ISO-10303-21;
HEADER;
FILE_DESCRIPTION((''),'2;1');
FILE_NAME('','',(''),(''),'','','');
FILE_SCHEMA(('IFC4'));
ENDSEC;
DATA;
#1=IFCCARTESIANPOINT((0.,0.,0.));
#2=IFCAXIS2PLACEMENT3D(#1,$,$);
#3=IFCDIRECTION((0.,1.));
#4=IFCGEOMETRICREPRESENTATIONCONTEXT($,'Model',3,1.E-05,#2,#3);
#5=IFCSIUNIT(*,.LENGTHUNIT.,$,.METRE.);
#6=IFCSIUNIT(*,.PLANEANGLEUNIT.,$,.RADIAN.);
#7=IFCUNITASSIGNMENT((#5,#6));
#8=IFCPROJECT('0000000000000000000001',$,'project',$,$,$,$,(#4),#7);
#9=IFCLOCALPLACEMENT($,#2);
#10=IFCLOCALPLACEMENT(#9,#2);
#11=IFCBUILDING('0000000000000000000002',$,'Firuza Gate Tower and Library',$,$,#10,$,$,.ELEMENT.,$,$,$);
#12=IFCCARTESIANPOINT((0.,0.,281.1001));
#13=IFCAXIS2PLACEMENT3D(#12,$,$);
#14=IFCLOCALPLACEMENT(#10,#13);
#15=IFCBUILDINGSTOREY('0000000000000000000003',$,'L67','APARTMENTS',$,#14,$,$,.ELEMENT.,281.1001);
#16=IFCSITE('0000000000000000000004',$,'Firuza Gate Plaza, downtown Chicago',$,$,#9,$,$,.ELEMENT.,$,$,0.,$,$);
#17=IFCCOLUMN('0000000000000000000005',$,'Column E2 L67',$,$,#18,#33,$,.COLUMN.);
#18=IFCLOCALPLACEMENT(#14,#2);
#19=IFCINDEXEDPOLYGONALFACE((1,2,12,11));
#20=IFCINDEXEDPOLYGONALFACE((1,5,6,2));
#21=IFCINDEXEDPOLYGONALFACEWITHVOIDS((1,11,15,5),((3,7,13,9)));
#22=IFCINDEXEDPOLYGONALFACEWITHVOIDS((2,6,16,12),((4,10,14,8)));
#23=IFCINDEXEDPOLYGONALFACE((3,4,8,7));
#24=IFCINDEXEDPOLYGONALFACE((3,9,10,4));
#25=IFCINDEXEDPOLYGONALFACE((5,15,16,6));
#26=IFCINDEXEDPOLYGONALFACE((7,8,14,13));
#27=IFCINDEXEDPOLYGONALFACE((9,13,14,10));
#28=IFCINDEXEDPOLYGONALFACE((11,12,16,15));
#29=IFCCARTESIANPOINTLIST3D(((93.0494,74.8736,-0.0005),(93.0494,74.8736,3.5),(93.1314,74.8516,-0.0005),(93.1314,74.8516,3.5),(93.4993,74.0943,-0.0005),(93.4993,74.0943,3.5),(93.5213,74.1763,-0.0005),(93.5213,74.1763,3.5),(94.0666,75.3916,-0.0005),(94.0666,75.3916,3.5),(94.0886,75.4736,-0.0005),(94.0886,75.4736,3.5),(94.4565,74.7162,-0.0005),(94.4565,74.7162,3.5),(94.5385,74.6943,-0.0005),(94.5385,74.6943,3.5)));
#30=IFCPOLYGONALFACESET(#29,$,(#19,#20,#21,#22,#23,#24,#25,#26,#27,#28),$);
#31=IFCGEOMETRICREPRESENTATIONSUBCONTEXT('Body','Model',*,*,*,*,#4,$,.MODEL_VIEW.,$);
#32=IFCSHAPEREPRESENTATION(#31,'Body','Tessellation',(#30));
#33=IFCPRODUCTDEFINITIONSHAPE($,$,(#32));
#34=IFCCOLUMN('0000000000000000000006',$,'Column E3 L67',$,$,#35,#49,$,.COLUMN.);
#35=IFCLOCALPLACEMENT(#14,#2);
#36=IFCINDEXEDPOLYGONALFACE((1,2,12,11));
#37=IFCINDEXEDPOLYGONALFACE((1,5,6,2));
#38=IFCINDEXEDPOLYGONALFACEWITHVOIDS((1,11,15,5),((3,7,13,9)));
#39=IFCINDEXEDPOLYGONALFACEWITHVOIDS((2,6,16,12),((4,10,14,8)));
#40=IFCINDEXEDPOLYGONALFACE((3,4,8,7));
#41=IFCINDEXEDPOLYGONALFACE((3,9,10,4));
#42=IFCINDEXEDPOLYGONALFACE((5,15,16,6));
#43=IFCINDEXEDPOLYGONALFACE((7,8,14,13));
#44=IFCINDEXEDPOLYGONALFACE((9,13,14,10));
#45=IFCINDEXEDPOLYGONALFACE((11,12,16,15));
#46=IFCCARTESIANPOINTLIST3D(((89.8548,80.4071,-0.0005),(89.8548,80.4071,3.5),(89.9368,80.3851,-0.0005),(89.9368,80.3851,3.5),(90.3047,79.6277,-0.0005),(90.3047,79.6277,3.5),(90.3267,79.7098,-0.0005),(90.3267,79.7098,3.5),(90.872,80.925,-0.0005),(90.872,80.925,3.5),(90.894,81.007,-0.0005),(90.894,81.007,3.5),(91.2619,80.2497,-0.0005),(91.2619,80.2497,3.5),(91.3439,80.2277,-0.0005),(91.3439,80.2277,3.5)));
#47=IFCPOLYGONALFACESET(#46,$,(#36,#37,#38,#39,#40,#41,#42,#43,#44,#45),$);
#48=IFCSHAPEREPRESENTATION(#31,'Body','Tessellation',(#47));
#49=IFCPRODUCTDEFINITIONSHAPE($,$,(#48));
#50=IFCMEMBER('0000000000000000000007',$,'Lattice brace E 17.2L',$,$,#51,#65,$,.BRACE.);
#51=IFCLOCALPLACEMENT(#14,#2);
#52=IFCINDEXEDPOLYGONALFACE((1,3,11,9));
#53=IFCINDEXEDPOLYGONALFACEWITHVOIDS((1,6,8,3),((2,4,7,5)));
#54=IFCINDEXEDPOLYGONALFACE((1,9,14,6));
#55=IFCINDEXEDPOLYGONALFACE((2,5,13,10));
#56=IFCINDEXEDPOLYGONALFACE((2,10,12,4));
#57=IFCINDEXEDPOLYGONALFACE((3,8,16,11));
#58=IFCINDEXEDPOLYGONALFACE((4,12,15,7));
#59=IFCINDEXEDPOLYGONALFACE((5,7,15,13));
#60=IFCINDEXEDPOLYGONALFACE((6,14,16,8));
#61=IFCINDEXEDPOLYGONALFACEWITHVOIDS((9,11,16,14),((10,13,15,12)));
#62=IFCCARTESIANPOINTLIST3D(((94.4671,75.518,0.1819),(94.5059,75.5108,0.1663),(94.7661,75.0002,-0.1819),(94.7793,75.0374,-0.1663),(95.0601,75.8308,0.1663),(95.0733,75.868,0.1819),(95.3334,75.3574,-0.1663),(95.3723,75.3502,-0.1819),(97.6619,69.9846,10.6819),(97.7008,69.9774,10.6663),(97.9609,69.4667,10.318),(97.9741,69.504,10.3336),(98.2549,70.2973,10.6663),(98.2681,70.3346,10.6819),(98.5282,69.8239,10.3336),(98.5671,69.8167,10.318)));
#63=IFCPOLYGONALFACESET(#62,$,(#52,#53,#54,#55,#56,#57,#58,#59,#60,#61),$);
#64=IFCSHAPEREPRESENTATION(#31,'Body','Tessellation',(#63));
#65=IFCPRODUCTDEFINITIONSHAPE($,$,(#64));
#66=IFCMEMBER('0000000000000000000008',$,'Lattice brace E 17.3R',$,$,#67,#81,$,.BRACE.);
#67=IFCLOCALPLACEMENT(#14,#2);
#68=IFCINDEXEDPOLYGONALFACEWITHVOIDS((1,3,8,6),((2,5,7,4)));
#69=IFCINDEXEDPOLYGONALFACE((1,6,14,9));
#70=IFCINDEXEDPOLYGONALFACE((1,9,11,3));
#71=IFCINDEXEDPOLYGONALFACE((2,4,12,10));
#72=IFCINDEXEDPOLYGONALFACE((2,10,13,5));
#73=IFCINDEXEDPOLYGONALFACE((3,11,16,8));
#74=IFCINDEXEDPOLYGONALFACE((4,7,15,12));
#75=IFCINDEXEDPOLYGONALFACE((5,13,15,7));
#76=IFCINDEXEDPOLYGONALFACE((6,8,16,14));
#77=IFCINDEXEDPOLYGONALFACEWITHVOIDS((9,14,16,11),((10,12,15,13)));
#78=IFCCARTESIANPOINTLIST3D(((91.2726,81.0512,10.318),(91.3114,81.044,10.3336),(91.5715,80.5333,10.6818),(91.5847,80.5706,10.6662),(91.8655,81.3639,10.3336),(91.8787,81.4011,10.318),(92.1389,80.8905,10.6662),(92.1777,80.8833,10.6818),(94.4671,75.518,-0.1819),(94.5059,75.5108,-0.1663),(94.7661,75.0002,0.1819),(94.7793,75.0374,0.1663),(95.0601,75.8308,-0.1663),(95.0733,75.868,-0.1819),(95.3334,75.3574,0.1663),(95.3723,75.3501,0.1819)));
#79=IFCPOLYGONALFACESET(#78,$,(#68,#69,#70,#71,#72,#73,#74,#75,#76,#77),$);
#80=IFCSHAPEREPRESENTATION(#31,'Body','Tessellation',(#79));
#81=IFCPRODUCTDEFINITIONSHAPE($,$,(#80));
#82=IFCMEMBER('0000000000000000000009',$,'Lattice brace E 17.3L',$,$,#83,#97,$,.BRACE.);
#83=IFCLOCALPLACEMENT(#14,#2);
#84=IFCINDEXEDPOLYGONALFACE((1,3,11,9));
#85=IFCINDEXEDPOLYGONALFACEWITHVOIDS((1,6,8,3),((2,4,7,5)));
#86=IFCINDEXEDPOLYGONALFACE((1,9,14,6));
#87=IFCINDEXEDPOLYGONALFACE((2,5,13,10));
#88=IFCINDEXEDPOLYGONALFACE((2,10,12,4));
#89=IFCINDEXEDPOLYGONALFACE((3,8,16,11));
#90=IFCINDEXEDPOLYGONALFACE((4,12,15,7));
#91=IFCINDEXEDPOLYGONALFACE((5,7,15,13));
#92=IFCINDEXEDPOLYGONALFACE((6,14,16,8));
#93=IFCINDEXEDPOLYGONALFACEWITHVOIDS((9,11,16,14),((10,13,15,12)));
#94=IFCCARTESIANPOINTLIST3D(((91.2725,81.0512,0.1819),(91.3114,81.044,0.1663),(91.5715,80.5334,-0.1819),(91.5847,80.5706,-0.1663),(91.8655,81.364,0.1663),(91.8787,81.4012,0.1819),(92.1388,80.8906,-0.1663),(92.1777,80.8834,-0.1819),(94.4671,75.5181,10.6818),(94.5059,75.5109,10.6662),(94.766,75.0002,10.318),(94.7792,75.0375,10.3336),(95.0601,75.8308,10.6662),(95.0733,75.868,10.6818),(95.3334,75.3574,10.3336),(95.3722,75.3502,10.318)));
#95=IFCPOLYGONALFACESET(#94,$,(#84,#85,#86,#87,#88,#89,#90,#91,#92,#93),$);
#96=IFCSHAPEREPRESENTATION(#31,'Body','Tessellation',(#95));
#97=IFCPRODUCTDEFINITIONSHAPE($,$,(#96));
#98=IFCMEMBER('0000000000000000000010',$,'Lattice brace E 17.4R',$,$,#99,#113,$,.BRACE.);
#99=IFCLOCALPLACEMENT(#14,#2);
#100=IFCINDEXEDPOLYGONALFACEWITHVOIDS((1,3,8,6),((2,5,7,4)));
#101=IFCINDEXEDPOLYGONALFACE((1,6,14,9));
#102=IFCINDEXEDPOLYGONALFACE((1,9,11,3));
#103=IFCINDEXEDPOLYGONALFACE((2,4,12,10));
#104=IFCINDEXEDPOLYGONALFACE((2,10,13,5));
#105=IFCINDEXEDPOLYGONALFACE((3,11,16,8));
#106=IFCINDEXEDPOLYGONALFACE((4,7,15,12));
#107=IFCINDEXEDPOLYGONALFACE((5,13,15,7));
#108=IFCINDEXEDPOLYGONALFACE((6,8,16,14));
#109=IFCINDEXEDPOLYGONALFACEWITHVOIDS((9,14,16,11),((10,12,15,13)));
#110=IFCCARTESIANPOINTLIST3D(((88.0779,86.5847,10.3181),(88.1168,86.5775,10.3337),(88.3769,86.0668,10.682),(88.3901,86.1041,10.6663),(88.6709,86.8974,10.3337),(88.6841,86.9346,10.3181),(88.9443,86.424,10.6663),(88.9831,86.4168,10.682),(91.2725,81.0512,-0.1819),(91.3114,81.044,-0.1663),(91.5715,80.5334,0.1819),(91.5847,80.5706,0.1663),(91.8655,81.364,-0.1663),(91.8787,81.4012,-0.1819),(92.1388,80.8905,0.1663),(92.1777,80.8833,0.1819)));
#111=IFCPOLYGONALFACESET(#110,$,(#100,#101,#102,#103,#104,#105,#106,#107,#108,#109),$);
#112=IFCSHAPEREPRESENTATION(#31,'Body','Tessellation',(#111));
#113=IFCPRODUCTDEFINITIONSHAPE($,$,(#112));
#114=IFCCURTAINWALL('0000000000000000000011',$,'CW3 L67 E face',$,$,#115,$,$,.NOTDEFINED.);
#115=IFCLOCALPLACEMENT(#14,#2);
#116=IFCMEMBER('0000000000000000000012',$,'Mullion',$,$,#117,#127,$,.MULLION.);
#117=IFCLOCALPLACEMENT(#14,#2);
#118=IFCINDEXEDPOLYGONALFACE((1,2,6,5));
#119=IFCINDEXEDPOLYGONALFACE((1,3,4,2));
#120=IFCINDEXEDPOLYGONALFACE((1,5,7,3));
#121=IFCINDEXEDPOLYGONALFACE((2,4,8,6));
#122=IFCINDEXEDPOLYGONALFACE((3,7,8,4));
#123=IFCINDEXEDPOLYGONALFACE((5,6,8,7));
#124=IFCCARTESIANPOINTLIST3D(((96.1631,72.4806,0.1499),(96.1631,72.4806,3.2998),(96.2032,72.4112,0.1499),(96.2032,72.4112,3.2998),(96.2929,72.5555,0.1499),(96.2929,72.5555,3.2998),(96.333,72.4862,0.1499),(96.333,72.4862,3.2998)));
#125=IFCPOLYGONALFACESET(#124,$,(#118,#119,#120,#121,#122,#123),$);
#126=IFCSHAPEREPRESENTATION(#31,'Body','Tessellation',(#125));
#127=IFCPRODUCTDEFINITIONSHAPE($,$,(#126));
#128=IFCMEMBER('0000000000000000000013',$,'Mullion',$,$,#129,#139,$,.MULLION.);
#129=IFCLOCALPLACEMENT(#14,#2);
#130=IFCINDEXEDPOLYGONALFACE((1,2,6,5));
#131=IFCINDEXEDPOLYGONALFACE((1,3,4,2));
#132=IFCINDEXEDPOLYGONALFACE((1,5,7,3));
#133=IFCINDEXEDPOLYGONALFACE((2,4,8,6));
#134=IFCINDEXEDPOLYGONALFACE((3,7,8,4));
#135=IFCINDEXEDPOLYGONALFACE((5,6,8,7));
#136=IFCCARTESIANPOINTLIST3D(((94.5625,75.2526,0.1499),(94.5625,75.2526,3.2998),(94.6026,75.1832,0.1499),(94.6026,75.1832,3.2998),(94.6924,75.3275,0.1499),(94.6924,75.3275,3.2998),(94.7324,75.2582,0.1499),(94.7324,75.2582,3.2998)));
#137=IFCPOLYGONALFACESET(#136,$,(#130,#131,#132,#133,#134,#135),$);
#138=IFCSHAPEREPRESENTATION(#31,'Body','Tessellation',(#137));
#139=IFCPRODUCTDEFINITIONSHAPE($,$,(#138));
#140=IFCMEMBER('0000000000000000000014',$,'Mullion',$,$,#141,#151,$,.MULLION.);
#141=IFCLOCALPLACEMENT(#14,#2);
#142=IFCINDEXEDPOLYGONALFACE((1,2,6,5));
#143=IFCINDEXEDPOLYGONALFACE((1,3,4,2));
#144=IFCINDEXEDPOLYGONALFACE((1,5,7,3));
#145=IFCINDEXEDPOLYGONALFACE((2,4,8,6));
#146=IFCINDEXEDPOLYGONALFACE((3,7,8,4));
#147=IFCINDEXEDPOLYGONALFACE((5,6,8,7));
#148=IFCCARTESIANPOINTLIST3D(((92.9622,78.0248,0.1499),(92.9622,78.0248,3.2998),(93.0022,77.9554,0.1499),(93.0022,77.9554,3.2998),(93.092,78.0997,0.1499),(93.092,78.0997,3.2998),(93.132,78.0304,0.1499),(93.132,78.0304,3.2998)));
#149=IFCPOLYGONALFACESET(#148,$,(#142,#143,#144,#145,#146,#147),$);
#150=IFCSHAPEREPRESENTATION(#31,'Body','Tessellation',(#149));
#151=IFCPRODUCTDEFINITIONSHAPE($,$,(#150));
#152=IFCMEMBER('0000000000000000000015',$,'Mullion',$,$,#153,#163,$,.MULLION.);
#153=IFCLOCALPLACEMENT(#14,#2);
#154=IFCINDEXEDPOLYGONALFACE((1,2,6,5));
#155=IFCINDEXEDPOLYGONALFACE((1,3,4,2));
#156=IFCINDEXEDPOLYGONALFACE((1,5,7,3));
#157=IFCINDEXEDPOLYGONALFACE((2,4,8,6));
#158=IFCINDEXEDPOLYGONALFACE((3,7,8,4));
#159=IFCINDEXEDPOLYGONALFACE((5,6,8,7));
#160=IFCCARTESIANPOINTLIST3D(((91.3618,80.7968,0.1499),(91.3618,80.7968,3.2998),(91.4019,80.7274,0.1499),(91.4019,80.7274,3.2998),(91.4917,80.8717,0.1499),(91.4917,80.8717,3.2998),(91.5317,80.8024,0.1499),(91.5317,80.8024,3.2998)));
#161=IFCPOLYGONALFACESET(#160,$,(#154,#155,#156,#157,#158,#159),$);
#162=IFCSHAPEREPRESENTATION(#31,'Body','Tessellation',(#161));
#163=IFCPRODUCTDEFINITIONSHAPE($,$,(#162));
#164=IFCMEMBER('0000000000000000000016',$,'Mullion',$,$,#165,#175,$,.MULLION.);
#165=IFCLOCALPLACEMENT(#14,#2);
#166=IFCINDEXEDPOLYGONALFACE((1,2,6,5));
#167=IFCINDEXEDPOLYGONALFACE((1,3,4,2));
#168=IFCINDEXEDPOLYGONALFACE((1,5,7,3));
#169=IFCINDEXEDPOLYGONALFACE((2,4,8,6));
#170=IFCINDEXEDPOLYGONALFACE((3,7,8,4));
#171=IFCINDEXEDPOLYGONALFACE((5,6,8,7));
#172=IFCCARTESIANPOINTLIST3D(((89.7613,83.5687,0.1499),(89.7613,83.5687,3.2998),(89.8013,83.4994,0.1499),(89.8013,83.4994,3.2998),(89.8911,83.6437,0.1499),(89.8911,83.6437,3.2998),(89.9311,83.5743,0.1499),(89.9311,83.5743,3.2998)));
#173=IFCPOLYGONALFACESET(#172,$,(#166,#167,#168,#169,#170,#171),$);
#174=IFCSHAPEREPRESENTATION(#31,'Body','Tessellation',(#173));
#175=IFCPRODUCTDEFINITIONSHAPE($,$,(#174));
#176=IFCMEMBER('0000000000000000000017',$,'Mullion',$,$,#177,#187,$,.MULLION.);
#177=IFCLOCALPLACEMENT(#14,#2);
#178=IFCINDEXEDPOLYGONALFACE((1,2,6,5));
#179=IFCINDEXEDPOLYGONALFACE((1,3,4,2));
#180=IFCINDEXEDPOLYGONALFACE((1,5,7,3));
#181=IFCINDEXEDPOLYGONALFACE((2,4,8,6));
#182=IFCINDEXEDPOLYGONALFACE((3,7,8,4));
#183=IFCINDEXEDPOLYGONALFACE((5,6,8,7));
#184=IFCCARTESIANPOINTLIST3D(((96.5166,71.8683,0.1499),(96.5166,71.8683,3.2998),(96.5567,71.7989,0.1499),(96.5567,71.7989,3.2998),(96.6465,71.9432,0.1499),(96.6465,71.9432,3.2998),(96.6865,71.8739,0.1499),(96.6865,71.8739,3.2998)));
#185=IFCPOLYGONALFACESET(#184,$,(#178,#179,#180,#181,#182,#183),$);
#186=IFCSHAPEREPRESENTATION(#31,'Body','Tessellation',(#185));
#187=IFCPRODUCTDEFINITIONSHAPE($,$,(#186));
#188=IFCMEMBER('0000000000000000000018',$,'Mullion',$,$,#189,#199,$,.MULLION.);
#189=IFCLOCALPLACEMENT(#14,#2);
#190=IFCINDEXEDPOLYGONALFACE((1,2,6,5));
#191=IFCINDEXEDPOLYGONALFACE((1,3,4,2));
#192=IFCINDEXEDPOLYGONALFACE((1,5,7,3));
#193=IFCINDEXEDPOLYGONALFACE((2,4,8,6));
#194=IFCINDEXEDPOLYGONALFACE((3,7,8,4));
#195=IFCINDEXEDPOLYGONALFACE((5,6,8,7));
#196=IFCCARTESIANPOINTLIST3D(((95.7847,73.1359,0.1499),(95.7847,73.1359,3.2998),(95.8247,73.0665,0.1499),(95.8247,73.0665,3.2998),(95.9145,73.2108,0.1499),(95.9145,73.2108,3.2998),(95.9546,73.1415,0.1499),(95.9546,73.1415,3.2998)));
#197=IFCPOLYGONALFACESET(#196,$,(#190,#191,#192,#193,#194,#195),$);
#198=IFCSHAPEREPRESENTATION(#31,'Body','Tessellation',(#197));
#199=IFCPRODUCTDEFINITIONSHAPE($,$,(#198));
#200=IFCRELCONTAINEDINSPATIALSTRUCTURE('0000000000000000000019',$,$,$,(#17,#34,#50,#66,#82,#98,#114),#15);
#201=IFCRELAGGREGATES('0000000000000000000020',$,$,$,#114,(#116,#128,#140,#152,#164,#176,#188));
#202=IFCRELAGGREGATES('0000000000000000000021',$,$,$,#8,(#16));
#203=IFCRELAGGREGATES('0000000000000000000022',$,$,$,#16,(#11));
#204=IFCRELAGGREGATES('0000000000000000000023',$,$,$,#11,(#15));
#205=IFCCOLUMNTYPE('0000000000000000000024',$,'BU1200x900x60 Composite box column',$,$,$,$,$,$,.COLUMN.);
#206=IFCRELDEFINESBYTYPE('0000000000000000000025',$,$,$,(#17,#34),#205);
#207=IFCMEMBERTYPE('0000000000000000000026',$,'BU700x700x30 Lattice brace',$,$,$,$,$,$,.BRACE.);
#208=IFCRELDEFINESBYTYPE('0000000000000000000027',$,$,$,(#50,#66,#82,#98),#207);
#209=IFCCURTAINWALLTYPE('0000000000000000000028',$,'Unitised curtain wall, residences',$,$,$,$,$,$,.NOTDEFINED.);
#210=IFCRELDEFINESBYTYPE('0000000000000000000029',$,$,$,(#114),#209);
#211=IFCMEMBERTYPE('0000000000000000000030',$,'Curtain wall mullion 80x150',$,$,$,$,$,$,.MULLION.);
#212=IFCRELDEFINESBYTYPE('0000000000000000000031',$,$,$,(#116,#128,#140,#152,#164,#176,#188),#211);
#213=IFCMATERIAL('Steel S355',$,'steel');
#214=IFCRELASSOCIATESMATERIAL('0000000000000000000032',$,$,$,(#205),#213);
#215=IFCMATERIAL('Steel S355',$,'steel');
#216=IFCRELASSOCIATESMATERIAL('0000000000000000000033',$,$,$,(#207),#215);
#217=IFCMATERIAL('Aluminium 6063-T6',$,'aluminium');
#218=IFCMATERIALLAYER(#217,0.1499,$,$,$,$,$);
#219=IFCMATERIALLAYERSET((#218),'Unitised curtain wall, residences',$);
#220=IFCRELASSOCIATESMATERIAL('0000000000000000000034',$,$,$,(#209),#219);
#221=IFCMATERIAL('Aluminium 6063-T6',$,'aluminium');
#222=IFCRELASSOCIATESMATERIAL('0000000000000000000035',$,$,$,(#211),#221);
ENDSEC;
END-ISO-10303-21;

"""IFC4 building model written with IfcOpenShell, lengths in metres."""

from ifc_helpers import new_model, si_unit, direction, frame, origin, origin_2d, place, context, subcontext, project, spatial, rectangle, hollow_rectangle, extrude, material, layer, layer_set, material_profile, profile_set, type_object, element, aggregate, save


model = new_model("IFC4")

# Units and contexts
model_context = context("Model", 3, precision=1e-05, world=origin(), true_north=direction((0.0, 1.0)))
body_context = subcontext(model_context, "Body", "Model", "MODEL_VIEW")
ifc_project = project(units=[si_unit("LENGTHUNIT", "METRE"), si_unit("PLANEANGLEUNIT", "RADIAN")], contexts=[model_context])

# Site, building, storey
site_placement = place(None, origin())
site = spatial("IfcSite", under=ifc_project, at=site_placement, Name="Firuza Gate Plaza, downtown Chicago", CompositionType="ELEMENT", RefElevation=0.0)
building_placement = place(site_placement, origin())
building = spatial("IfcBuilding", under=site, at=building_placement, Name="Firuza Gate Tower and Library", CompositionType="ELEMENT")
storey_placement = place(building_placement, frame((0.0, 0.0, 281.1001)))
storey = spatial("IfcBuildingStorey", under=building, at=storey_placement, Name="L67", Description="APARTMENTS", CompositionType="ELEMENT", Elevation=281.1001)

# Columns
ifc_material_1 = material(Name="Steel S355", Category="steel")
ifc_material_profile_1 = material_profile(ifc_material_1, hollow_rectangle(XDim=0.8999, YDim=1.2, WallThickness=0.0601, at=origin_2d()))
ifc_profile_set_1 = profile_set([ifc_material_profile_1], Name="Steel S355")
column_type = type_object("IfcColumnType", Name="BU1200x900x60 Composite box column", PredefinedType="COLUMN", material=ifc_profile_set_1)
for number, where, z_axis, x_axis, name in (
    (1, (93.7939, 74.7839, -0.0005), (0.0, 0.0, 1.0), (-0.5, 0.866025, 0.0), "Column E2 L67"),
    (2, (90.5994, 80.3174, -0.0005), (0.0, 0.0, 1.0), (-0.5, 0.866025, 0.0), "Column E3 L67"),
):
    element("IfcColumn", number, at=place(storey_placement, frame(where, z_axis=z_axis, x_axis=x_axis)), inside=storey, type_object=column_type, Name=name, PredefinedType="COLUMN", context=body_context, shape_type="SweptSolid", body=[
        extrude(hollow_rectangle(XDim=0.8999, YDim=1.2, WallThickness=0.0601, at=origin_2d()), origin(), (0.0, 0.0, 1.0), 3.5005),
    ])

# Members
ifc_material_2 = material(Name="Steel S355", Category="steel")
ifc_material_profile_2 = material_profile(ifc_material_2, hollow_rectangle(XDim=0.7, YDim=0.7, WallThickness=0.03, at=origin_2d()))
ifc_profile_set_2 = profile_set([ifc_material_profile_2], Name="Steel S355")
member_type_1 = type_object("IfcMemberType", Name="BU700x700x30 Lattice brace", PredefinedType="BRACE", material=ifc_profile_set_2)
member_1_placement = place(storey_placement, frame((94.9197, 75.4341, 0.0), z_axis=(0.259926, -0.450192, 0.854263), x_axis=(0.86602, 0.50001, 0.0)))
element("IfcMember", 3, at=member_1_placement, inside=storey, type_object=member_type_1, Name="Lattice brace E 17.2L", PredefinedType="BRACE", context=body_context, shape_type="SweptSolid", body=[
    extrude(hollow_rectangle(XDim=0.7, YDim=0.7, WallThickness=0.03, at=origin_2d()), origin(), (0.0, 0.0, 1.0), 12.2913),
])
for number, where, z_axis, x_axis, name in (
    (4, (94.9197, 75.4341, 0.0), (-0.25991, 0.450179, 0.854275), (-0.866027, -0.499998, 0.0), "Lattice brace E 17.3R"),
    (5, (91.7251, 80.9673, 0.0), (0.25991, -0.450179, 0.854275), (0.866027, 0.499998, 0.0), "Lattice brace E 17.3L"),
):
    element("IfcMember", number, at=place(storey_placement, frame(where, z_axis=z_axis, x_axis=x_axis)), inside=storey, type_object=member_type_1, Name=name, PredefinedType="BRACE", context=body_context, shape_type="SweptSolid", body=[
        extrude(hollow_rectangle(XDim=0.7, YDim=0.7, WallThickness=0.03, at=origin_2d()), origin(), (0.0, 0.0, 1.0), 12.291),
    ])
member_2_placement = place(storey_placement, frame((91.7251, 80.9673, 0.0), z_axis=(-0.259907, 0.450195, 0.854268), x_axis=(-0.866036, -0.499982, 0.0)))
element("IfcMember", 6, at=member_2_placement, inside=storey, type_object=member_type_1, Name="Lattice brace E 17.4R", PredefinedType="BRACE", context=body_context, shape_type="SweptSolid", body=[
    extrude(hollow_rectangle(XDim=0.7, YDim=0.7, WallThickness=0.03, at=origin_2d()), origin(), (0.0, 0.0, 1.0), 12.2913),
])

# Curtain wall, members
ifc_material_3 = material(Name="Aluminium 6063-T6", Category="aluminium")
ifc_layer_1 = layer(ifc_material_3, 0.1499)
ifc_layer_set_1 = layer_set([ifc_layer_1], Name="Unitised curtain wall, residences")
curtain_wall_type = type_object("IfcCurtainWallType", Name="Unitised curtain wall, residences", PredefinedType="NOTDEFINED", material=ifc_layer_set_1)
curtain_wall_placement = place(storey_placement, origin())
curtain_wall = element("IfcCurtainWall", 7, at=curtain_wall_placement, inside=storey, type_object=curtain_wall_type, Name="CW3 L67 E face", PredefinedType="NOTDEFINED")
ifc_material_4 = material(Name="Aluminium 6063-T6", Category="aluminium")
ifc_material_profile_3 = material_profile(ifc_material_4, rectangle(XDim=0.1499, YDim=0.0801, at=origin_2d()))
ifc_profile_set_3 = profile_set([ifc_material_profile_3], Name="Aluminium 6063-T6")
member_type_2 = type_object("IfcMemberType", Name="Curtain wall mullion 80x150", PredefinedType="MULLION", material=ifc_profile_set_3)
member_3_placement = place(storey_placement, frame((96.248, 72.4834, 0.1499), z_axis=(0.0, 0.0, 1.0), x_axis=(-0.866025, -0.5, 0.0)))
member_3 = element("IfcMember", 8, at=member_3_placement, type_object=member_type_2, Name="Mullion", PredefinedType="MULLION", context=body_context, shape_type="SweptSolid", body=[
    extrude(rectangle(XDim=0.1499, YDim=0.0801, at=origin_2d()), origin(), (0.0, 0.0, 1.0), 3.1499),
])
member_4_placement = place(storey_placement, frame((94.6475, 75.2554, 0.1499), z_axis=(0.0, 0.0, 1.0), x_axis=(-0.866025, -0.5, 0.0)))
member_4 = element("IfcMember", 9, at=member_4_placement, type_object=member_type_2, Name="Mullion", PredefinedType="MULLION", context=body_context, shape_type="SweptSolid", body=[
    extrude(rectangle(XDim=0.1499, YDim=0.0801, at=origin_2d()), origin(), (0.0, 0.0, 1.0), 3.1499),
])
member_5_placement = place(storey_placement, frame((93.0471, 78.0276, 0.1499), z_axis=(0.0, 0.0, 1.0), x_axis=(-0.866025, -0.5, 0.0)))
member_5 = element("IfcMember", 10, at=member_5_placement, type_object=member_type_2, Name="Mullion", PredefinedType="MULLION", context=body_context, shape_type="SweptSolid", body=[
    extrude(rectangle(XDim=0.1499, YDim=0.0801, at=origin_2d()), origin(), (0.0, 0.0, 1.0), 3.1499),
])
member_6_placement = place(storey_placement, frame((91.4468, 80.7996, 0.1499), z_axis=(0.0, 0.0, 1.0), x_axis=(-0.866025, -0.5, 0.0)))
member_6 = element("IfcMember", 11, at=member_6_placement, type_object=member_type_2, Name="Mullion", PredefinedType="MULLION", context=body_context, shape_type="SweptSolid", body=[
    extrude(rectangle(XDim=0.1499, YDim=0.0801, at=origin_2d()), origin(), (0.0, 0.0, 1.0), 3.1499),
])
member_7_placement = place(storey_placement, frame((89.8462, 83.5715, 0.1499), z_axis=(0.0, 0.0, 1.0), x_axis=(-0.866025, -0.5, 0.0)))
member_7 = element("IfcMember", 12, at=member_7_placement, type_object=member_type_2, Name="Mullion", PredefinedType="MULLION", context=body_context, shape_type="SweptSolid", body=[
    extrude(rectangle(XDim=0.1499, YDim=0.0801, at=origin_2d()), origin(), (0.0, 0.0, 1.0), 3.1499),
])
member_8_placement = place(storey_placement, frame((96.6016, 71.8711, 0.1499), z_axis=(0.0, 0.0, 1.0), x_axis=(-0.866025, -0.5, 0.0)))
member_8 = element("IfcMember", 13, at=member_8_placement, type_object=member_type_2, Name="Mullion", PredefinedType="MULLION", context=body_context, shape_type="SweptSolid", body=[
    extrude(rectangle(XDim=0.1499, YDim=0.0801, at=origin_2d()), origin(), (0.0, 0.0, 1.0), 3.1499),
])
member_9_placement = place(storey_placement, frame((95.8696, 73.1387, 0.1499), z_axis=(0.0, 0.0, 1.0), x_axis=(-0.866025, -0.5, 0.0)))
member_9 = element("IfcMember", 14, at=member_9_placement, type_object=member_type_2, Name="Mullion", PredefinedType="MULLION", context=body_context, shape_type="SweptSolid", body=[
    extrude(rectangle(XDim=0.1499, YDim=0.0801, at=origin_2d()), origin(), (0.0, 0.0, 1.0), 3.1499),
])

aggregate(curtain_wall, [member_3, member_4, member_5, member_6, member_7, member_8, member_9])

save(model, "model.ifc")
